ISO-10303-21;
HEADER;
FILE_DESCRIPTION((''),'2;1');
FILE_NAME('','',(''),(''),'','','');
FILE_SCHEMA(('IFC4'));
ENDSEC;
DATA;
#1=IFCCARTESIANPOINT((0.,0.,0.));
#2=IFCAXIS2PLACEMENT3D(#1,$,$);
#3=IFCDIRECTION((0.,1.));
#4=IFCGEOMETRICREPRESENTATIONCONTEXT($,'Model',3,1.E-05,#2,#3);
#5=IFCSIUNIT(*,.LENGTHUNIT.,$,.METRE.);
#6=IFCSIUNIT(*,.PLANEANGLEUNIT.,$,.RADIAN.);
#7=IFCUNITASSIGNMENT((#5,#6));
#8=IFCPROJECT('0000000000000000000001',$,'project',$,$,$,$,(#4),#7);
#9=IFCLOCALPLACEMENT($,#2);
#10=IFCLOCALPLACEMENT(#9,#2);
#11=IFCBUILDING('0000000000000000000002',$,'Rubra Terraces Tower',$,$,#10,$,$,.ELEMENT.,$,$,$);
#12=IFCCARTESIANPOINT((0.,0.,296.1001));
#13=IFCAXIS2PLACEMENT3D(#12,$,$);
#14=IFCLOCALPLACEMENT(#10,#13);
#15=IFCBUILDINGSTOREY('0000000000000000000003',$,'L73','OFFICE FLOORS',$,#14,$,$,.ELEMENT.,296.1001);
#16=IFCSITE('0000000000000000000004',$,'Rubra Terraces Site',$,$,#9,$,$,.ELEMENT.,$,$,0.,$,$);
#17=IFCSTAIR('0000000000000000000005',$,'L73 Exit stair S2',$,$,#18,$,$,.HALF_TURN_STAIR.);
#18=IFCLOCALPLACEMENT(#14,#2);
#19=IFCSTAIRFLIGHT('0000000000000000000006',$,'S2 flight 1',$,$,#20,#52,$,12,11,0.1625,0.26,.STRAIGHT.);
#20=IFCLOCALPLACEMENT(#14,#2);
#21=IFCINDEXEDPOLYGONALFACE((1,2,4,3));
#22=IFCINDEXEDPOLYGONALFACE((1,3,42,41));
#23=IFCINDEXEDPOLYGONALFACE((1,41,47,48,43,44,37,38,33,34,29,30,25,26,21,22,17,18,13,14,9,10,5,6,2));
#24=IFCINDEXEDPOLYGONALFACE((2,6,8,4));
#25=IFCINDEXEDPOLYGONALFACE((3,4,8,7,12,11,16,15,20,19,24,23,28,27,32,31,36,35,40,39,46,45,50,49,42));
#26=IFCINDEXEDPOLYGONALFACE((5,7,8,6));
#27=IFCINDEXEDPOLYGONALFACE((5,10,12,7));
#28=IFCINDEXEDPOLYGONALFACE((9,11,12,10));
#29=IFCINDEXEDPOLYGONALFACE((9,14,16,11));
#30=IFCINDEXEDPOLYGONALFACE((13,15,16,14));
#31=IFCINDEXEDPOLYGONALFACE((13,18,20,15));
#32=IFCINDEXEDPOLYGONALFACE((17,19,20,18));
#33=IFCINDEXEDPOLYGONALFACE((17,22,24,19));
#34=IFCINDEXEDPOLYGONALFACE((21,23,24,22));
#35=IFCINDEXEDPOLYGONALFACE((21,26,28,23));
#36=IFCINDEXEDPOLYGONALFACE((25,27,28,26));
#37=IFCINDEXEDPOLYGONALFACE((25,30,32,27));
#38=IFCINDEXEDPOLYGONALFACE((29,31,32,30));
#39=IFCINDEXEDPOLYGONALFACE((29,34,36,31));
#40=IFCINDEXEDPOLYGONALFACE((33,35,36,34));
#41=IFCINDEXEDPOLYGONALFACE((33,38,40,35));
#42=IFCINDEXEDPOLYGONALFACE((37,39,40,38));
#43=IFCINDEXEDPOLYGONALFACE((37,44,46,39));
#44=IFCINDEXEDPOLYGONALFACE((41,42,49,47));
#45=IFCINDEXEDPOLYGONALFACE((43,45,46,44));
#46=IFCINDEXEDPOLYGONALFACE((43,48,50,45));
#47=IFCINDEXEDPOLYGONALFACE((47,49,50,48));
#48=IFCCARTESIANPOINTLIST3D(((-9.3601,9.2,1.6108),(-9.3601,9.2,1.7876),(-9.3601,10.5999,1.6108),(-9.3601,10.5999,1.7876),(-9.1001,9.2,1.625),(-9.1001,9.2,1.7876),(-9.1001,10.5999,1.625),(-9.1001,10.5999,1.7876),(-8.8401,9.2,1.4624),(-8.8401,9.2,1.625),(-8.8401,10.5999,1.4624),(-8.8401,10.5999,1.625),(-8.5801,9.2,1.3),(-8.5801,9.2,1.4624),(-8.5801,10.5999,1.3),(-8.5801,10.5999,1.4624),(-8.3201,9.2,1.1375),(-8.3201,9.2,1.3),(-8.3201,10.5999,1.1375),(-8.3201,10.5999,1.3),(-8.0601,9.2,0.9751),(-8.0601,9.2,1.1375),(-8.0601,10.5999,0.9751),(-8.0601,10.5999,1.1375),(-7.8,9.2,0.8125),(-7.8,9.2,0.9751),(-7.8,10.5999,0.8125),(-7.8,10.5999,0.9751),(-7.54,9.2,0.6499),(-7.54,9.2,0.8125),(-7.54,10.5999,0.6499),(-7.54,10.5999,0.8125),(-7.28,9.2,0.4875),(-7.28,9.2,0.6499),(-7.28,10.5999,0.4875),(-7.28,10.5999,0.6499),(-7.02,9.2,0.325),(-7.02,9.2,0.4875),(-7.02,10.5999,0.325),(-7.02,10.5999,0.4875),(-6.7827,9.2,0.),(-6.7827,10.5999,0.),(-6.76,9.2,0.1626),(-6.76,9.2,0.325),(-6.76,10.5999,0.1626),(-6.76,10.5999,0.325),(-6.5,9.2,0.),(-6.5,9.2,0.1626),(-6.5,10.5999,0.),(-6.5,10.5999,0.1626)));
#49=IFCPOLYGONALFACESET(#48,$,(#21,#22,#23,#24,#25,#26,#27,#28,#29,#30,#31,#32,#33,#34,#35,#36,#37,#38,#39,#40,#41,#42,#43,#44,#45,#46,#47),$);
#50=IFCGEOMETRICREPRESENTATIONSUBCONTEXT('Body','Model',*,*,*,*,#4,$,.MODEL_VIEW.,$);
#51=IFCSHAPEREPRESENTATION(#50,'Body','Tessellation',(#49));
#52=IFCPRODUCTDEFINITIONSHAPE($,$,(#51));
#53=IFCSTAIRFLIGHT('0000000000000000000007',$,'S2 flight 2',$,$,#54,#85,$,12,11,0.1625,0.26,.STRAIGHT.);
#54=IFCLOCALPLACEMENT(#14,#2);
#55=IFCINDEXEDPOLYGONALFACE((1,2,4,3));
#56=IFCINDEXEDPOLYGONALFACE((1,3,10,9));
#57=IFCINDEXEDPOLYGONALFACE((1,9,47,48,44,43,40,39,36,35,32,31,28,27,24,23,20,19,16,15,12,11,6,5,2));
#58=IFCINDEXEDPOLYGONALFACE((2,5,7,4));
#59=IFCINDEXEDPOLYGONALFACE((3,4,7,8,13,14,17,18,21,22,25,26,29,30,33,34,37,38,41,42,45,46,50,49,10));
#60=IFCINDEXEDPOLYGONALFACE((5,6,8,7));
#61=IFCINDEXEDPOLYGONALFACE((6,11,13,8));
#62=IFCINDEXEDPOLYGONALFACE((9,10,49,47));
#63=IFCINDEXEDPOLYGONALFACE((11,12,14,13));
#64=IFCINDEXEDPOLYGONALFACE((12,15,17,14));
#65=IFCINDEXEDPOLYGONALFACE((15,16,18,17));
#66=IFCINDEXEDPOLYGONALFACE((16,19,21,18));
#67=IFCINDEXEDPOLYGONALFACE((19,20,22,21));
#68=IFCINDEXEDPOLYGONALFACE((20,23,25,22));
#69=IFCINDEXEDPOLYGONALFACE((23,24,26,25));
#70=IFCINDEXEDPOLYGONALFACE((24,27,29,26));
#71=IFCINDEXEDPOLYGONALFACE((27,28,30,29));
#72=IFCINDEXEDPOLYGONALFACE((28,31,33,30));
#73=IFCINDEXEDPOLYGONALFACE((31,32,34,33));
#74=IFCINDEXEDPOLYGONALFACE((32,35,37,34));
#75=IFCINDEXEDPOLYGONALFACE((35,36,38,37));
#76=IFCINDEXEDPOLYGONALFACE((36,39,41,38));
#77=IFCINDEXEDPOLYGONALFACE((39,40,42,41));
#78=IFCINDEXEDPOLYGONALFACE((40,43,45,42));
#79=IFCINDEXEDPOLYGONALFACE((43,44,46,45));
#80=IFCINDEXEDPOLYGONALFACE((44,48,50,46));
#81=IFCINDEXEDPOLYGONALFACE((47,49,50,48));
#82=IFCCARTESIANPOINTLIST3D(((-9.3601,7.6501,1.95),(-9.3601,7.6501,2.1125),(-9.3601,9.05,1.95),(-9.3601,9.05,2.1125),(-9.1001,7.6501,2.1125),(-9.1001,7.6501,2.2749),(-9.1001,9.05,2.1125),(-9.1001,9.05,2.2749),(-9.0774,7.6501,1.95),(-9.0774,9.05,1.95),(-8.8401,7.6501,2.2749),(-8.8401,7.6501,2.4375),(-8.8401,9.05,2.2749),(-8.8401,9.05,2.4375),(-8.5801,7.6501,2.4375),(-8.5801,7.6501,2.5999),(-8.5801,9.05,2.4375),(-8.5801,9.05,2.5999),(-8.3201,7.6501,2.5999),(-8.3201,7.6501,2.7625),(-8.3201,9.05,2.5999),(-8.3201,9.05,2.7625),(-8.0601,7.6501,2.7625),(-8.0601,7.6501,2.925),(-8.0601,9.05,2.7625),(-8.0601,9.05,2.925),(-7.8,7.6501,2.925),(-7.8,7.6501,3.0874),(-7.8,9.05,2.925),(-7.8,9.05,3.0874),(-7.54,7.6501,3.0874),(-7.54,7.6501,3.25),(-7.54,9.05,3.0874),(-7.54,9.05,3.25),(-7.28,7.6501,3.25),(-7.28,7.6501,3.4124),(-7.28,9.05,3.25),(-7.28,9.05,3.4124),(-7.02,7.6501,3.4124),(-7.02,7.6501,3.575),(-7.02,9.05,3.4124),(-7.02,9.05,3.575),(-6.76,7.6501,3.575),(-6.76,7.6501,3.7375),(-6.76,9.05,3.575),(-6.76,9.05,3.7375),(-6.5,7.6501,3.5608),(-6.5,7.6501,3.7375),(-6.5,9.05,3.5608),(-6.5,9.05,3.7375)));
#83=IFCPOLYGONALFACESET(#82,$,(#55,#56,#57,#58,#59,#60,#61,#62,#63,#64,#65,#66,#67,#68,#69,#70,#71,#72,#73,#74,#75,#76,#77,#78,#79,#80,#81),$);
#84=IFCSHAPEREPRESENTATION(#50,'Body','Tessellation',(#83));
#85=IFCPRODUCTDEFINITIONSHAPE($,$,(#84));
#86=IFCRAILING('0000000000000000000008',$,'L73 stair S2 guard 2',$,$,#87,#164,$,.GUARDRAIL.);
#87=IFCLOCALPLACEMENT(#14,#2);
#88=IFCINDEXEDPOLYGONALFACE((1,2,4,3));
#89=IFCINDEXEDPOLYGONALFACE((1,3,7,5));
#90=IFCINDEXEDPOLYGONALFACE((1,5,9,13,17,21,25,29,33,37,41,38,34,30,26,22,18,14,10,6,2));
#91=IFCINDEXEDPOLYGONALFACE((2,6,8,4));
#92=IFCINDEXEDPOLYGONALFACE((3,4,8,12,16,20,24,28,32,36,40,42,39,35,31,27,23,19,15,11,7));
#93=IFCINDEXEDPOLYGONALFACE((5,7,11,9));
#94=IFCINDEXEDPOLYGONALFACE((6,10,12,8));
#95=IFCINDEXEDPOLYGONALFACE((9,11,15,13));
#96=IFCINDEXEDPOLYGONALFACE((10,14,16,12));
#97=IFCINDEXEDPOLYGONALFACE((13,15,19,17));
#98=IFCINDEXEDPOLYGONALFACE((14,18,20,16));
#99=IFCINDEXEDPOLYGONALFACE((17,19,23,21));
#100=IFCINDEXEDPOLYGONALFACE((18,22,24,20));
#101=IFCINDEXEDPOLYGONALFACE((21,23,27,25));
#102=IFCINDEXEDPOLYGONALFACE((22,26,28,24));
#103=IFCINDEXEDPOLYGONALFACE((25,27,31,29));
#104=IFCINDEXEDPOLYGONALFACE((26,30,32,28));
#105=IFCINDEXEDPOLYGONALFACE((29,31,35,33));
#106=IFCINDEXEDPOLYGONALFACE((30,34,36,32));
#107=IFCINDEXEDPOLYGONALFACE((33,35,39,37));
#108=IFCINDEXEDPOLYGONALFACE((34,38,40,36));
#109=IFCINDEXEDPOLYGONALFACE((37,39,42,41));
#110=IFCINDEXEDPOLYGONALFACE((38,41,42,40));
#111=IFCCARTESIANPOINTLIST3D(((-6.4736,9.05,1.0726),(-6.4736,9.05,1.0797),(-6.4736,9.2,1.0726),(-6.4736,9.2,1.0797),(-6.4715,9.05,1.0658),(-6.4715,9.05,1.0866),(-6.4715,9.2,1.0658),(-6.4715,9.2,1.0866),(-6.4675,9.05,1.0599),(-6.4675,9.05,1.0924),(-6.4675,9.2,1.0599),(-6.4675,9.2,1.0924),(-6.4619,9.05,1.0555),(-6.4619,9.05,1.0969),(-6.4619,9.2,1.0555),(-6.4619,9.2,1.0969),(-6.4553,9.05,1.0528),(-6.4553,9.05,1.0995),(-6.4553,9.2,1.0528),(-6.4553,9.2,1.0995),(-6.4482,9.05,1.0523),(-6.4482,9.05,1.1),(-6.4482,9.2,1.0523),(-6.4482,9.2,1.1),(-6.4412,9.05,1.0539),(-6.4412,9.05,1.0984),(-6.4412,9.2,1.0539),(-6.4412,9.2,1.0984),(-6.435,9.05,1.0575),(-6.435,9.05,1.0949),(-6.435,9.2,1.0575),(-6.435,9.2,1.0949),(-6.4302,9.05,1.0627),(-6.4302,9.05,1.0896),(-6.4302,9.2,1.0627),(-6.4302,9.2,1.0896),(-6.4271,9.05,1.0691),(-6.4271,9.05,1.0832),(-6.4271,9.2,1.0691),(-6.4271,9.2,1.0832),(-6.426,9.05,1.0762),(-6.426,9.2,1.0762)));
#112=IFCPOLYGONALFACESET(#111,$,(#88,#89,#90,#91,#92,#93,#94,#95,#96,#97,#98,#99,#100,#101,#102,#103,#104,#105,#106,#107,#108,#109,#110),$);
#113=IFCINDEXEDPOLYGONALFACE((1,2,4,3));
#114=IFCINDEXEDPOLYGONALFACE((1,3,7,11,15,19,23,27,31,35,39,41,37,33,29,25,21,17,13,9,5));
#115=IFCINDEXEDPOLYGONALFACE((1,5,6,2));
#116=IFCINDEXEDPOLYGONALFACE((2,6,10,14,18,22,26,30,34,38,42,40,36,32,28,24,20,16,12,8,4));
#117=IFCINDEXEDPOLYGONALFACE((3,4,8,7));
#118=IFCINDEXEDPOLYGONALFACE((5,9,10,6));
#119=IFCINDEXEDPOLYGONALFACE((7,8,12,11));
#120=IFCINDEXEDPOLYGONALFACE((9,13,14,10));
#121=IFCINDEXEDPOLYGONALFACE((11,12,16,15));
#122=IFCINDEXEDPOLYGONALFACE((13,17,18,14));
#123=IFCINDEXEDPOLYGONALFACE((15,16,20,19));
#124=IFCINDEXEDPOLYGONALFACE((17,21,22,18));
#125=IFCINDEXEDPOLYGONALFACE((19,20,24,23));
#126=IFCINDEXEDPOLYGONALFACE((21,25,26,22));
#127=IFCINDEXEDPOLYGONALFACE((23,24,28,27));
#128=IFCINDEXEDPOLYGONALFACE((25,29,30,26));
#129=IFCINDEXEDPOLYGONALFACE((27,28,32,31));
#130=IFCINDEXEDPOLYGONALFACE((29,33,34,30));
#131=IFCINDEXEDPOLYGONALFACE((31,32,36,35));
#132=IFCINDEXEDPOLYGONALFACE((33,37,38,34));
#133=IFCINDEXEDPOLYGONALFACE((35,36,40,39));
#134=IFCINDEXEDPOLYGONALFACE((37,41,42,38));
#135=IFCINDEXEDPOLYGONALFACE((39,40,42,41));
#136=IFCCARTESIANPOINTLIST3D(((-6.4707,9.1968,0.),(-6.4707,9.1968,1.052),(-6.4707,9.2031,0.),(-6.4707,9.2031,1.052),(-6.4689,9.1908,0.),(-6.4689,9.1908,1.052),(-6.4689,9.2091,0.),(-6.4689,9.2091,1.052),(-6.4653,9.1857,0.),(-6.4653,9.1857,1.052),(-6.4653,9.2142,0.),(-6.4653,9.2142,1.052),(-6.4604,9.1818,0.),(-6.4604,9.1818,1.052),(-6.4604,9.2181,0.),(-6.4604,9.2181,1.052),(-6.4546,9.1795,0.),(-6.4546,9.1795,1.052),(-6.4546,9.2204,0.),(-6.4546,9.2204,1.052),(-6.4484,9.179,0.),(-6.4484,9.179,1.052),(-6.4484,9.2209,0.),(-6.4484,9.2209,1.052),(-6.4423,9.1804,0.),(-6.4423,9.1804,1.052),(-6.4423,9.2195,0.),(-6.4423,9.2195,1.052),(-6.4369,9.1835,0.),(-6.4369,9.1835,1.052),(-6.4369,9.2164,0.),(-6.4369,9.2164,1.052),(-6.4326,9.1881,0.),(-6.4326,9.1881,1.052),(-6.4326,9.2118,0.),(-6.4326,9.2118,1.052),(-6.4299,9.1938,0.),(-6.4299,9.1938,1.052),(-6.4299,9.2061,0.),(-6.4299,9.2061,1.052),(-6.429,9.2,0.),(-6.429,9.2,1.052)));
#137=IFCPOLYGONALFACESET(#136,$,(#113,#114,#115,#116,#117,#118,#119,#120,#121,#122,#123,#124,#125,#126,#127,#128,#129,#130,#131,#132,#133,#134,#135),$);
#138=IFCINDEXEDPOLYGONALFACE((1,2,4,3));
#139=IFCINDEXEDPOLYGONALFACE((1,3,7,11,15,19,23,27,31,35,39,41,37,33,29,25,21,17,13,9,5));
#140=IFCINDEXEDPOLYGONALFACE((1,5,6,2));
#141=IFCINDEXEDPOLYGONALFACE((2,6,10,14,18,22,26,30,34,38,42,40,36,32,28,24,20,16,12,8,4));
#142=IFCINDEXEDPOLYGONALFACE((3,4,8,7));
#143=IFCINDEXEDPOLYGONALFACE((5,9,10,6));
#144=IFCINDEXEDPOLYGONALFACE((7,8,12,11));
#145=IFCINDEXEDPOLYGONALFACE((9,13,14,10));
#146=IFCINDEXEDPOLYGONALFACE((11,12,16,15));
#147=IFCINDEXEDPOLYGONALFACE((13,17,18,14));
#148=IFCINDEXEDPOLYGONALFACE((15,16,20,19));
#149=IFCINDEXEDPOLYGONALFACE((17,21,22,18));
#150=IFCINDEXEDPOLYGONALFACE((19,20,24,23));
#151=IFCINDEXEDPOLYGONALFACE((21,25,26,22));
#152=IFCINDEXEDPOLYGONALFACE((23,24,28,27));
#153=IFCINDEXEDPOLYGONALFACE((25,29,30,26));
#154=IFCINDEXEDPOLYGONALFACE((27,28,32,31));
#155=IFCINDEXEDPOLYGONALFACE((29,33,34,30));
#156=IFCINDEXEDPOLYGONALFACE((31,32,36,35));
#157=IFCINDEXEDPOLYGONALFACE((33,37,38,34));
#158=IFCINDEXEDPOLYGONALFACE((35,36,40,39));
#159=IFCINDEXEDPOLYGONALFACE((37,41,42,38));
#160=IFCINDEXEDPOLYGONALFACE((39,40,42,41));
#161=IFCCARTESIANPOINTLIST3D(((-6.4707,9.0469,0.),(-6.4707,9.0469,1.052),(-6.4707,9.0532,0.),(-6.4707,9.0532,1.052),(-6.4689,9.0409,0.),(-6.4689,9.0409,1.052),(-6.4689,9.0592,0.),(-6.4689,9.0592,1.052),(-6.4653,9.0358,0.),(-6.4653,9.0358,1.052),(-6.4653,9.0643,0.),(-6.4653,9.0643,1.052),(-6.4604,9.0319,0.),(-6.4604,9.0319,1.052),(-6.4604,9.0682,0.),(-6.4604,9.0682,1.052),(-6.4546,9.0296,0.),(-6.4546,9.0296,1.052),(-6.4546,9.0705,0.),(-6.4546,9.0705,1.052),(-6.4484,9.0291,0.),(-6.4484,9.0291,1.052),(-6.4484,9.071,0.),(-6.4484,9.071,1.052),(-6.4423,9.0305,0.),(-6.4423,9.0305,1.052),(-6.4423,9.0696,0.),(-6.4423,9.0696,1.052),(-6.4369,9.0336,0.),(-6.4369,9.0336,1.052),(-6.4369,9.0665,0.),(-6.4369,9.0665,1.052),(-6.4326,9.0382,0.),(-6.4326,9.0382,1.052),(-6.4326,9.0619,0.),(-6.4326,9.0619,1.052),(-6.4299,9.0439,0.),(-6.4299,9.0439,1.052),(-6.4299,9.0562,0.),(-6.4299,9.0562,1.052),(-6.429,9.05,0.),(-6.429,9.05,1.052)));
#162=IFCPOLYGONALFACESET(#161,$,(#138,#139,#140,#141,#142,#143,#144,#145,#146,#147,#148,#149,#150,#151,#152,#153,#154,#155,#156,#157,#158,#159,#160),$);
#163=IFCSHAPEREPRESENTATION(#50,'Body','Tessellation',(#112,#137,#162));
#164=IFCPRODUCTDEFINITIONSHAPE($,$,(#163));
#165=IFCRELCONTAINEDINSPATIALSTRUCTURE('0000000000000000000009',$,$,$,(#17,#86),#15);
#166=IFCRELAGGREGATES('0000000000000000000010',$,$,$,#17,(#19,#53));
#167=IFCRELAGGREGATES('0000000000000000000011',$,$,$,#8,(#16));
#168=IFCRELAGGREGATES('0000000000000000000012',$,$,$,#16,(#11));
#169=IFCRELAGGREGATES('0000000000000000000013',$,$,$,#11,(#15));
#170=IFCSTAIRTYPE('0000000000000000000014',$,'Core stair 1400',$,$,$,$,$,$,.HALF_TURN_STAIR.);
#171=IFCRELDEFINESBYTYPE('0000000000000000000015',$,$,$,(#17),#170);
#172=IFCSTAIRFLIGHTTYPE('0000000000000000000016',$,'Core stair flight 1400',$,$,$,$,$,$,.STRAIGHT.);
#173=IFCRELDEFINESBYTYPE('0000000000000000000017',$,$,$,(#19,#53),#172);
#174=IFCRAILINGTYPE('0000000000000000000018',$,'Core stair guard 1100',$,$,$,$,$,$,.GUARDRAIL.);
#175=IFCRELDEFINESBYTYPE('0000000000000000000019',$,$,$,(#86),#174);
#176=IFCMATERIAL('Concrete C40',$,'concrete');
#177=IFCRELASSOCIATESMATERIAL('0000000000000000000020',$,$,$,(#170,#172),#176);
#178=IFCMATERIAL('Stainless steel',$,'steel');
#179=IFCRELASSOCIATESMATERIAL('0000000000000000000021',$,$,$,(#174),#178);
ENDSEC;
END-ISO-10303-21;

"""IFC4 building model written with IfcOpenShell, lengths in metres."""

from ifc_helpers import new_model, si_unit, direction, frame, origin, origin_2d, place, context, subcontext, project, spatial, polyline, circle, outline, extrude, material, type_object, element, aggregate, save


model = new_model("IFC4")

# Units and contexts
model_context = context("Model", 3, precision=1e-05, world=origin(), true_north=direction((0.0, 1.0)))
body_context = subcontext(model_context, "Body", "Model", "MODEL_VIEW")
ifc_project = project(units=[si_unit("LENGTHUNIT", "METRE"), si_unit("PLANEANGLEUNIT", "RADIAN")], contexts=[model_context])

# Site, building, storey
site_placement = place(None, origin())
site = spatial("IfcSite", under=ifc_project, at=site_placement, Name="Rubra Terraces Site", CompositionType="ELEMENT", RefElevation=0.0)
building_placement = place(site_placement, origin())
building = spatial("IfcBuilding", under=site, at=building_placement, Name="Rubra Terraces Tower", CompositionType="ELEMENT")
storey_placement = place(building_placement, frame((0.0, 0.0, 296.1001)))
storey = spatial("IfcBuildingStorey", under=building, at=storey_placement, Name="L73", Description="OFFICE FLOORS", CompositionType="ELEMENT", Elevation=296.1001)

# Shared definitions
ifc_material_1 = material(Name="Concrete C40", Category="concrete")

# Shared definitions
ifc_material_2 = material(Name="Stainless steel", Category="steel")

# Stair, stair flights
stair_type = type_object("IfcStairType", Name="Core stair 1400", PredefinedType="HALF_TURN_STAIR", material=ifc_material_1)
stair_placement = place(storey_placement, origin())
stair = element("IfcStair", 1, at=stair_placement, inside=storey, type_object=stair_type, Name="L73 Exit stair S2", PredefinedType="HALF_TURN_STAIR")
stair_flight_type = type_object("IfcStairFlightType", Name="Core stair flight 1400", PredefinedType="STRAIGHT", material=ifc_material_1)
stair_flight_1_placement = place(storey_placement, frame((-6.5, 9.8999, 0.0), z_axis=(0.0, 0.0, 1.0), x_axis=(-1.0, 0.0, 0.0)))
stair_flight_1 = element("IfcStairFlight", 2, at=stair_flight_1_placement, type_object=stair_flight_type, Name="S2 flight 1", NumberOfRisers=12, NumberOfTreads=11, PredefinedType="STRAIGHT", RiserHeight=0.1625, TreadLength=0.26, context=body_context, shape_type="SweptSolid", body=[
    extrude(outline(polyline([(0.0, 0.0), (0.0, 0.1626), (0.26, 0.1626), (0.26, 0.325), (0.52, 0.325), (0.52, 0.4875), (0.78, 0.4875), (0.78, 0.6499), (1.04, 0.6499), (1.04, 0.8125), (1.3, 0.8125), (1.3, 0.9751), (1.5601, 0.9751), (1.5601, 1.1375), (1.8201, 1.1375), (1.8201, 1.3), (2.0801, 1.3), (2.0801, 1.4624), (2.3401, 1.4624), (2.3401, 1.625), (2.6001, 1.625), (2.6001, 1.7876), (2.8601, 1.7876), (2.8601, 1.95), (2.8601, 1.6108), (0.2827, 0.0), (0.0, 0.0)])), frame((0.0, 0.7, 0.0), z_axis=(0.0, -1.0, 0.0), x_axis=(1.0, 0.0, 0.0)), (0.0, 0.0, 1.0), 1.3999),
])
stair_flight_2_placement = place(storey_placement, frame((-9.3601, 8.3501, 1.95), z_axis=(0.0, 0.0, 1.0), x_axis=(1.0, 0.0, 0.0)))
stair_flight_2 = element("IfcStairFlight", 3, at=stair_flight_2_placement, type_object=stair_flight_type, Name="S2 flight 2", NumberOfRisers=12, NumberOfTreads=11, PredefinedType="STRAIGHT", RiserHeight=0.1625, TreadLength=0.26, context=body_context, shape_type="SweptSolid", body=[
    extrude(outline(polyline([(0.0, 0.0), (0.0, 0.1626), (0.26, 0.1626), (0.26, 0.325), (0.52, 0.325), (0.52, 0.4875), (0.78, 0.4875), (0.78, 0.6499), (1.04, 0.6499), (1.04, 0.8125), (1.3, 0.8125), (1.3, 0.9751), (1.5601, 0.9751), (1.5601, 1.1375), (1.8201, 1.1375), (1.8201, 1.3), (2.0801, 1.3), (2.0801, 1.4624), (2.3401, 1.4624), (2.3401, 1.625), (2.6001, 1.625), (2.6001, 1.7876), (2.8601, 1.7876), (2.8601, 1.95), (2.8601, 1.6108), (0.2827, 0.0), (0.0, 0.0)])), frame((0.0, 0.7, 0.0), z_axis=(0.0, -1.0, 0.0), x_axis=(1.0, 0.0, 0.0)), (0.0, 0.0, 1.0), 1.3999),
])
aggregate(stair, [stair_flight_1, stair_flight_2])

# Railing
railing_type_1 = type_object("IfcRailingType", Name="Core stair guard 1100", PredefinedType="GUARDRAIL", material=ifc_material_2)
railing_1_placement = place(storey_placement, frame((-6.45, 9.2, 0.0)))
element("IfcRailing", 4, at=railing_1_placement, inside=storey, type_object=railing_type_1, Name="L73 stair S2 guard 2", PredefinedType="GUARDRAIL", context=body_context, shape_type="SweptSolid", body=[
    extrude(circle(Radius=0.0239, at=origin_2d()), frame((0.0, 0.0, 1.0762), z_axis=(0.0, -1.0, 0.0), x_axis=(1.0, 0.0, 0.0)), (0.0, 0.0, 1.0), 0.1499),
    extrude(circle(Radius=0.021, at=origin_2d()), origin(), (0.0, 0.0, 1.0), 1.052),
    extrude(circle(Radius=0.021, at=origin_2d()), frame((0.0, -0.1499, 0.0)), (0.0, 0.0, 1.0), 1.052),
])

save(model, "model.ifc")
